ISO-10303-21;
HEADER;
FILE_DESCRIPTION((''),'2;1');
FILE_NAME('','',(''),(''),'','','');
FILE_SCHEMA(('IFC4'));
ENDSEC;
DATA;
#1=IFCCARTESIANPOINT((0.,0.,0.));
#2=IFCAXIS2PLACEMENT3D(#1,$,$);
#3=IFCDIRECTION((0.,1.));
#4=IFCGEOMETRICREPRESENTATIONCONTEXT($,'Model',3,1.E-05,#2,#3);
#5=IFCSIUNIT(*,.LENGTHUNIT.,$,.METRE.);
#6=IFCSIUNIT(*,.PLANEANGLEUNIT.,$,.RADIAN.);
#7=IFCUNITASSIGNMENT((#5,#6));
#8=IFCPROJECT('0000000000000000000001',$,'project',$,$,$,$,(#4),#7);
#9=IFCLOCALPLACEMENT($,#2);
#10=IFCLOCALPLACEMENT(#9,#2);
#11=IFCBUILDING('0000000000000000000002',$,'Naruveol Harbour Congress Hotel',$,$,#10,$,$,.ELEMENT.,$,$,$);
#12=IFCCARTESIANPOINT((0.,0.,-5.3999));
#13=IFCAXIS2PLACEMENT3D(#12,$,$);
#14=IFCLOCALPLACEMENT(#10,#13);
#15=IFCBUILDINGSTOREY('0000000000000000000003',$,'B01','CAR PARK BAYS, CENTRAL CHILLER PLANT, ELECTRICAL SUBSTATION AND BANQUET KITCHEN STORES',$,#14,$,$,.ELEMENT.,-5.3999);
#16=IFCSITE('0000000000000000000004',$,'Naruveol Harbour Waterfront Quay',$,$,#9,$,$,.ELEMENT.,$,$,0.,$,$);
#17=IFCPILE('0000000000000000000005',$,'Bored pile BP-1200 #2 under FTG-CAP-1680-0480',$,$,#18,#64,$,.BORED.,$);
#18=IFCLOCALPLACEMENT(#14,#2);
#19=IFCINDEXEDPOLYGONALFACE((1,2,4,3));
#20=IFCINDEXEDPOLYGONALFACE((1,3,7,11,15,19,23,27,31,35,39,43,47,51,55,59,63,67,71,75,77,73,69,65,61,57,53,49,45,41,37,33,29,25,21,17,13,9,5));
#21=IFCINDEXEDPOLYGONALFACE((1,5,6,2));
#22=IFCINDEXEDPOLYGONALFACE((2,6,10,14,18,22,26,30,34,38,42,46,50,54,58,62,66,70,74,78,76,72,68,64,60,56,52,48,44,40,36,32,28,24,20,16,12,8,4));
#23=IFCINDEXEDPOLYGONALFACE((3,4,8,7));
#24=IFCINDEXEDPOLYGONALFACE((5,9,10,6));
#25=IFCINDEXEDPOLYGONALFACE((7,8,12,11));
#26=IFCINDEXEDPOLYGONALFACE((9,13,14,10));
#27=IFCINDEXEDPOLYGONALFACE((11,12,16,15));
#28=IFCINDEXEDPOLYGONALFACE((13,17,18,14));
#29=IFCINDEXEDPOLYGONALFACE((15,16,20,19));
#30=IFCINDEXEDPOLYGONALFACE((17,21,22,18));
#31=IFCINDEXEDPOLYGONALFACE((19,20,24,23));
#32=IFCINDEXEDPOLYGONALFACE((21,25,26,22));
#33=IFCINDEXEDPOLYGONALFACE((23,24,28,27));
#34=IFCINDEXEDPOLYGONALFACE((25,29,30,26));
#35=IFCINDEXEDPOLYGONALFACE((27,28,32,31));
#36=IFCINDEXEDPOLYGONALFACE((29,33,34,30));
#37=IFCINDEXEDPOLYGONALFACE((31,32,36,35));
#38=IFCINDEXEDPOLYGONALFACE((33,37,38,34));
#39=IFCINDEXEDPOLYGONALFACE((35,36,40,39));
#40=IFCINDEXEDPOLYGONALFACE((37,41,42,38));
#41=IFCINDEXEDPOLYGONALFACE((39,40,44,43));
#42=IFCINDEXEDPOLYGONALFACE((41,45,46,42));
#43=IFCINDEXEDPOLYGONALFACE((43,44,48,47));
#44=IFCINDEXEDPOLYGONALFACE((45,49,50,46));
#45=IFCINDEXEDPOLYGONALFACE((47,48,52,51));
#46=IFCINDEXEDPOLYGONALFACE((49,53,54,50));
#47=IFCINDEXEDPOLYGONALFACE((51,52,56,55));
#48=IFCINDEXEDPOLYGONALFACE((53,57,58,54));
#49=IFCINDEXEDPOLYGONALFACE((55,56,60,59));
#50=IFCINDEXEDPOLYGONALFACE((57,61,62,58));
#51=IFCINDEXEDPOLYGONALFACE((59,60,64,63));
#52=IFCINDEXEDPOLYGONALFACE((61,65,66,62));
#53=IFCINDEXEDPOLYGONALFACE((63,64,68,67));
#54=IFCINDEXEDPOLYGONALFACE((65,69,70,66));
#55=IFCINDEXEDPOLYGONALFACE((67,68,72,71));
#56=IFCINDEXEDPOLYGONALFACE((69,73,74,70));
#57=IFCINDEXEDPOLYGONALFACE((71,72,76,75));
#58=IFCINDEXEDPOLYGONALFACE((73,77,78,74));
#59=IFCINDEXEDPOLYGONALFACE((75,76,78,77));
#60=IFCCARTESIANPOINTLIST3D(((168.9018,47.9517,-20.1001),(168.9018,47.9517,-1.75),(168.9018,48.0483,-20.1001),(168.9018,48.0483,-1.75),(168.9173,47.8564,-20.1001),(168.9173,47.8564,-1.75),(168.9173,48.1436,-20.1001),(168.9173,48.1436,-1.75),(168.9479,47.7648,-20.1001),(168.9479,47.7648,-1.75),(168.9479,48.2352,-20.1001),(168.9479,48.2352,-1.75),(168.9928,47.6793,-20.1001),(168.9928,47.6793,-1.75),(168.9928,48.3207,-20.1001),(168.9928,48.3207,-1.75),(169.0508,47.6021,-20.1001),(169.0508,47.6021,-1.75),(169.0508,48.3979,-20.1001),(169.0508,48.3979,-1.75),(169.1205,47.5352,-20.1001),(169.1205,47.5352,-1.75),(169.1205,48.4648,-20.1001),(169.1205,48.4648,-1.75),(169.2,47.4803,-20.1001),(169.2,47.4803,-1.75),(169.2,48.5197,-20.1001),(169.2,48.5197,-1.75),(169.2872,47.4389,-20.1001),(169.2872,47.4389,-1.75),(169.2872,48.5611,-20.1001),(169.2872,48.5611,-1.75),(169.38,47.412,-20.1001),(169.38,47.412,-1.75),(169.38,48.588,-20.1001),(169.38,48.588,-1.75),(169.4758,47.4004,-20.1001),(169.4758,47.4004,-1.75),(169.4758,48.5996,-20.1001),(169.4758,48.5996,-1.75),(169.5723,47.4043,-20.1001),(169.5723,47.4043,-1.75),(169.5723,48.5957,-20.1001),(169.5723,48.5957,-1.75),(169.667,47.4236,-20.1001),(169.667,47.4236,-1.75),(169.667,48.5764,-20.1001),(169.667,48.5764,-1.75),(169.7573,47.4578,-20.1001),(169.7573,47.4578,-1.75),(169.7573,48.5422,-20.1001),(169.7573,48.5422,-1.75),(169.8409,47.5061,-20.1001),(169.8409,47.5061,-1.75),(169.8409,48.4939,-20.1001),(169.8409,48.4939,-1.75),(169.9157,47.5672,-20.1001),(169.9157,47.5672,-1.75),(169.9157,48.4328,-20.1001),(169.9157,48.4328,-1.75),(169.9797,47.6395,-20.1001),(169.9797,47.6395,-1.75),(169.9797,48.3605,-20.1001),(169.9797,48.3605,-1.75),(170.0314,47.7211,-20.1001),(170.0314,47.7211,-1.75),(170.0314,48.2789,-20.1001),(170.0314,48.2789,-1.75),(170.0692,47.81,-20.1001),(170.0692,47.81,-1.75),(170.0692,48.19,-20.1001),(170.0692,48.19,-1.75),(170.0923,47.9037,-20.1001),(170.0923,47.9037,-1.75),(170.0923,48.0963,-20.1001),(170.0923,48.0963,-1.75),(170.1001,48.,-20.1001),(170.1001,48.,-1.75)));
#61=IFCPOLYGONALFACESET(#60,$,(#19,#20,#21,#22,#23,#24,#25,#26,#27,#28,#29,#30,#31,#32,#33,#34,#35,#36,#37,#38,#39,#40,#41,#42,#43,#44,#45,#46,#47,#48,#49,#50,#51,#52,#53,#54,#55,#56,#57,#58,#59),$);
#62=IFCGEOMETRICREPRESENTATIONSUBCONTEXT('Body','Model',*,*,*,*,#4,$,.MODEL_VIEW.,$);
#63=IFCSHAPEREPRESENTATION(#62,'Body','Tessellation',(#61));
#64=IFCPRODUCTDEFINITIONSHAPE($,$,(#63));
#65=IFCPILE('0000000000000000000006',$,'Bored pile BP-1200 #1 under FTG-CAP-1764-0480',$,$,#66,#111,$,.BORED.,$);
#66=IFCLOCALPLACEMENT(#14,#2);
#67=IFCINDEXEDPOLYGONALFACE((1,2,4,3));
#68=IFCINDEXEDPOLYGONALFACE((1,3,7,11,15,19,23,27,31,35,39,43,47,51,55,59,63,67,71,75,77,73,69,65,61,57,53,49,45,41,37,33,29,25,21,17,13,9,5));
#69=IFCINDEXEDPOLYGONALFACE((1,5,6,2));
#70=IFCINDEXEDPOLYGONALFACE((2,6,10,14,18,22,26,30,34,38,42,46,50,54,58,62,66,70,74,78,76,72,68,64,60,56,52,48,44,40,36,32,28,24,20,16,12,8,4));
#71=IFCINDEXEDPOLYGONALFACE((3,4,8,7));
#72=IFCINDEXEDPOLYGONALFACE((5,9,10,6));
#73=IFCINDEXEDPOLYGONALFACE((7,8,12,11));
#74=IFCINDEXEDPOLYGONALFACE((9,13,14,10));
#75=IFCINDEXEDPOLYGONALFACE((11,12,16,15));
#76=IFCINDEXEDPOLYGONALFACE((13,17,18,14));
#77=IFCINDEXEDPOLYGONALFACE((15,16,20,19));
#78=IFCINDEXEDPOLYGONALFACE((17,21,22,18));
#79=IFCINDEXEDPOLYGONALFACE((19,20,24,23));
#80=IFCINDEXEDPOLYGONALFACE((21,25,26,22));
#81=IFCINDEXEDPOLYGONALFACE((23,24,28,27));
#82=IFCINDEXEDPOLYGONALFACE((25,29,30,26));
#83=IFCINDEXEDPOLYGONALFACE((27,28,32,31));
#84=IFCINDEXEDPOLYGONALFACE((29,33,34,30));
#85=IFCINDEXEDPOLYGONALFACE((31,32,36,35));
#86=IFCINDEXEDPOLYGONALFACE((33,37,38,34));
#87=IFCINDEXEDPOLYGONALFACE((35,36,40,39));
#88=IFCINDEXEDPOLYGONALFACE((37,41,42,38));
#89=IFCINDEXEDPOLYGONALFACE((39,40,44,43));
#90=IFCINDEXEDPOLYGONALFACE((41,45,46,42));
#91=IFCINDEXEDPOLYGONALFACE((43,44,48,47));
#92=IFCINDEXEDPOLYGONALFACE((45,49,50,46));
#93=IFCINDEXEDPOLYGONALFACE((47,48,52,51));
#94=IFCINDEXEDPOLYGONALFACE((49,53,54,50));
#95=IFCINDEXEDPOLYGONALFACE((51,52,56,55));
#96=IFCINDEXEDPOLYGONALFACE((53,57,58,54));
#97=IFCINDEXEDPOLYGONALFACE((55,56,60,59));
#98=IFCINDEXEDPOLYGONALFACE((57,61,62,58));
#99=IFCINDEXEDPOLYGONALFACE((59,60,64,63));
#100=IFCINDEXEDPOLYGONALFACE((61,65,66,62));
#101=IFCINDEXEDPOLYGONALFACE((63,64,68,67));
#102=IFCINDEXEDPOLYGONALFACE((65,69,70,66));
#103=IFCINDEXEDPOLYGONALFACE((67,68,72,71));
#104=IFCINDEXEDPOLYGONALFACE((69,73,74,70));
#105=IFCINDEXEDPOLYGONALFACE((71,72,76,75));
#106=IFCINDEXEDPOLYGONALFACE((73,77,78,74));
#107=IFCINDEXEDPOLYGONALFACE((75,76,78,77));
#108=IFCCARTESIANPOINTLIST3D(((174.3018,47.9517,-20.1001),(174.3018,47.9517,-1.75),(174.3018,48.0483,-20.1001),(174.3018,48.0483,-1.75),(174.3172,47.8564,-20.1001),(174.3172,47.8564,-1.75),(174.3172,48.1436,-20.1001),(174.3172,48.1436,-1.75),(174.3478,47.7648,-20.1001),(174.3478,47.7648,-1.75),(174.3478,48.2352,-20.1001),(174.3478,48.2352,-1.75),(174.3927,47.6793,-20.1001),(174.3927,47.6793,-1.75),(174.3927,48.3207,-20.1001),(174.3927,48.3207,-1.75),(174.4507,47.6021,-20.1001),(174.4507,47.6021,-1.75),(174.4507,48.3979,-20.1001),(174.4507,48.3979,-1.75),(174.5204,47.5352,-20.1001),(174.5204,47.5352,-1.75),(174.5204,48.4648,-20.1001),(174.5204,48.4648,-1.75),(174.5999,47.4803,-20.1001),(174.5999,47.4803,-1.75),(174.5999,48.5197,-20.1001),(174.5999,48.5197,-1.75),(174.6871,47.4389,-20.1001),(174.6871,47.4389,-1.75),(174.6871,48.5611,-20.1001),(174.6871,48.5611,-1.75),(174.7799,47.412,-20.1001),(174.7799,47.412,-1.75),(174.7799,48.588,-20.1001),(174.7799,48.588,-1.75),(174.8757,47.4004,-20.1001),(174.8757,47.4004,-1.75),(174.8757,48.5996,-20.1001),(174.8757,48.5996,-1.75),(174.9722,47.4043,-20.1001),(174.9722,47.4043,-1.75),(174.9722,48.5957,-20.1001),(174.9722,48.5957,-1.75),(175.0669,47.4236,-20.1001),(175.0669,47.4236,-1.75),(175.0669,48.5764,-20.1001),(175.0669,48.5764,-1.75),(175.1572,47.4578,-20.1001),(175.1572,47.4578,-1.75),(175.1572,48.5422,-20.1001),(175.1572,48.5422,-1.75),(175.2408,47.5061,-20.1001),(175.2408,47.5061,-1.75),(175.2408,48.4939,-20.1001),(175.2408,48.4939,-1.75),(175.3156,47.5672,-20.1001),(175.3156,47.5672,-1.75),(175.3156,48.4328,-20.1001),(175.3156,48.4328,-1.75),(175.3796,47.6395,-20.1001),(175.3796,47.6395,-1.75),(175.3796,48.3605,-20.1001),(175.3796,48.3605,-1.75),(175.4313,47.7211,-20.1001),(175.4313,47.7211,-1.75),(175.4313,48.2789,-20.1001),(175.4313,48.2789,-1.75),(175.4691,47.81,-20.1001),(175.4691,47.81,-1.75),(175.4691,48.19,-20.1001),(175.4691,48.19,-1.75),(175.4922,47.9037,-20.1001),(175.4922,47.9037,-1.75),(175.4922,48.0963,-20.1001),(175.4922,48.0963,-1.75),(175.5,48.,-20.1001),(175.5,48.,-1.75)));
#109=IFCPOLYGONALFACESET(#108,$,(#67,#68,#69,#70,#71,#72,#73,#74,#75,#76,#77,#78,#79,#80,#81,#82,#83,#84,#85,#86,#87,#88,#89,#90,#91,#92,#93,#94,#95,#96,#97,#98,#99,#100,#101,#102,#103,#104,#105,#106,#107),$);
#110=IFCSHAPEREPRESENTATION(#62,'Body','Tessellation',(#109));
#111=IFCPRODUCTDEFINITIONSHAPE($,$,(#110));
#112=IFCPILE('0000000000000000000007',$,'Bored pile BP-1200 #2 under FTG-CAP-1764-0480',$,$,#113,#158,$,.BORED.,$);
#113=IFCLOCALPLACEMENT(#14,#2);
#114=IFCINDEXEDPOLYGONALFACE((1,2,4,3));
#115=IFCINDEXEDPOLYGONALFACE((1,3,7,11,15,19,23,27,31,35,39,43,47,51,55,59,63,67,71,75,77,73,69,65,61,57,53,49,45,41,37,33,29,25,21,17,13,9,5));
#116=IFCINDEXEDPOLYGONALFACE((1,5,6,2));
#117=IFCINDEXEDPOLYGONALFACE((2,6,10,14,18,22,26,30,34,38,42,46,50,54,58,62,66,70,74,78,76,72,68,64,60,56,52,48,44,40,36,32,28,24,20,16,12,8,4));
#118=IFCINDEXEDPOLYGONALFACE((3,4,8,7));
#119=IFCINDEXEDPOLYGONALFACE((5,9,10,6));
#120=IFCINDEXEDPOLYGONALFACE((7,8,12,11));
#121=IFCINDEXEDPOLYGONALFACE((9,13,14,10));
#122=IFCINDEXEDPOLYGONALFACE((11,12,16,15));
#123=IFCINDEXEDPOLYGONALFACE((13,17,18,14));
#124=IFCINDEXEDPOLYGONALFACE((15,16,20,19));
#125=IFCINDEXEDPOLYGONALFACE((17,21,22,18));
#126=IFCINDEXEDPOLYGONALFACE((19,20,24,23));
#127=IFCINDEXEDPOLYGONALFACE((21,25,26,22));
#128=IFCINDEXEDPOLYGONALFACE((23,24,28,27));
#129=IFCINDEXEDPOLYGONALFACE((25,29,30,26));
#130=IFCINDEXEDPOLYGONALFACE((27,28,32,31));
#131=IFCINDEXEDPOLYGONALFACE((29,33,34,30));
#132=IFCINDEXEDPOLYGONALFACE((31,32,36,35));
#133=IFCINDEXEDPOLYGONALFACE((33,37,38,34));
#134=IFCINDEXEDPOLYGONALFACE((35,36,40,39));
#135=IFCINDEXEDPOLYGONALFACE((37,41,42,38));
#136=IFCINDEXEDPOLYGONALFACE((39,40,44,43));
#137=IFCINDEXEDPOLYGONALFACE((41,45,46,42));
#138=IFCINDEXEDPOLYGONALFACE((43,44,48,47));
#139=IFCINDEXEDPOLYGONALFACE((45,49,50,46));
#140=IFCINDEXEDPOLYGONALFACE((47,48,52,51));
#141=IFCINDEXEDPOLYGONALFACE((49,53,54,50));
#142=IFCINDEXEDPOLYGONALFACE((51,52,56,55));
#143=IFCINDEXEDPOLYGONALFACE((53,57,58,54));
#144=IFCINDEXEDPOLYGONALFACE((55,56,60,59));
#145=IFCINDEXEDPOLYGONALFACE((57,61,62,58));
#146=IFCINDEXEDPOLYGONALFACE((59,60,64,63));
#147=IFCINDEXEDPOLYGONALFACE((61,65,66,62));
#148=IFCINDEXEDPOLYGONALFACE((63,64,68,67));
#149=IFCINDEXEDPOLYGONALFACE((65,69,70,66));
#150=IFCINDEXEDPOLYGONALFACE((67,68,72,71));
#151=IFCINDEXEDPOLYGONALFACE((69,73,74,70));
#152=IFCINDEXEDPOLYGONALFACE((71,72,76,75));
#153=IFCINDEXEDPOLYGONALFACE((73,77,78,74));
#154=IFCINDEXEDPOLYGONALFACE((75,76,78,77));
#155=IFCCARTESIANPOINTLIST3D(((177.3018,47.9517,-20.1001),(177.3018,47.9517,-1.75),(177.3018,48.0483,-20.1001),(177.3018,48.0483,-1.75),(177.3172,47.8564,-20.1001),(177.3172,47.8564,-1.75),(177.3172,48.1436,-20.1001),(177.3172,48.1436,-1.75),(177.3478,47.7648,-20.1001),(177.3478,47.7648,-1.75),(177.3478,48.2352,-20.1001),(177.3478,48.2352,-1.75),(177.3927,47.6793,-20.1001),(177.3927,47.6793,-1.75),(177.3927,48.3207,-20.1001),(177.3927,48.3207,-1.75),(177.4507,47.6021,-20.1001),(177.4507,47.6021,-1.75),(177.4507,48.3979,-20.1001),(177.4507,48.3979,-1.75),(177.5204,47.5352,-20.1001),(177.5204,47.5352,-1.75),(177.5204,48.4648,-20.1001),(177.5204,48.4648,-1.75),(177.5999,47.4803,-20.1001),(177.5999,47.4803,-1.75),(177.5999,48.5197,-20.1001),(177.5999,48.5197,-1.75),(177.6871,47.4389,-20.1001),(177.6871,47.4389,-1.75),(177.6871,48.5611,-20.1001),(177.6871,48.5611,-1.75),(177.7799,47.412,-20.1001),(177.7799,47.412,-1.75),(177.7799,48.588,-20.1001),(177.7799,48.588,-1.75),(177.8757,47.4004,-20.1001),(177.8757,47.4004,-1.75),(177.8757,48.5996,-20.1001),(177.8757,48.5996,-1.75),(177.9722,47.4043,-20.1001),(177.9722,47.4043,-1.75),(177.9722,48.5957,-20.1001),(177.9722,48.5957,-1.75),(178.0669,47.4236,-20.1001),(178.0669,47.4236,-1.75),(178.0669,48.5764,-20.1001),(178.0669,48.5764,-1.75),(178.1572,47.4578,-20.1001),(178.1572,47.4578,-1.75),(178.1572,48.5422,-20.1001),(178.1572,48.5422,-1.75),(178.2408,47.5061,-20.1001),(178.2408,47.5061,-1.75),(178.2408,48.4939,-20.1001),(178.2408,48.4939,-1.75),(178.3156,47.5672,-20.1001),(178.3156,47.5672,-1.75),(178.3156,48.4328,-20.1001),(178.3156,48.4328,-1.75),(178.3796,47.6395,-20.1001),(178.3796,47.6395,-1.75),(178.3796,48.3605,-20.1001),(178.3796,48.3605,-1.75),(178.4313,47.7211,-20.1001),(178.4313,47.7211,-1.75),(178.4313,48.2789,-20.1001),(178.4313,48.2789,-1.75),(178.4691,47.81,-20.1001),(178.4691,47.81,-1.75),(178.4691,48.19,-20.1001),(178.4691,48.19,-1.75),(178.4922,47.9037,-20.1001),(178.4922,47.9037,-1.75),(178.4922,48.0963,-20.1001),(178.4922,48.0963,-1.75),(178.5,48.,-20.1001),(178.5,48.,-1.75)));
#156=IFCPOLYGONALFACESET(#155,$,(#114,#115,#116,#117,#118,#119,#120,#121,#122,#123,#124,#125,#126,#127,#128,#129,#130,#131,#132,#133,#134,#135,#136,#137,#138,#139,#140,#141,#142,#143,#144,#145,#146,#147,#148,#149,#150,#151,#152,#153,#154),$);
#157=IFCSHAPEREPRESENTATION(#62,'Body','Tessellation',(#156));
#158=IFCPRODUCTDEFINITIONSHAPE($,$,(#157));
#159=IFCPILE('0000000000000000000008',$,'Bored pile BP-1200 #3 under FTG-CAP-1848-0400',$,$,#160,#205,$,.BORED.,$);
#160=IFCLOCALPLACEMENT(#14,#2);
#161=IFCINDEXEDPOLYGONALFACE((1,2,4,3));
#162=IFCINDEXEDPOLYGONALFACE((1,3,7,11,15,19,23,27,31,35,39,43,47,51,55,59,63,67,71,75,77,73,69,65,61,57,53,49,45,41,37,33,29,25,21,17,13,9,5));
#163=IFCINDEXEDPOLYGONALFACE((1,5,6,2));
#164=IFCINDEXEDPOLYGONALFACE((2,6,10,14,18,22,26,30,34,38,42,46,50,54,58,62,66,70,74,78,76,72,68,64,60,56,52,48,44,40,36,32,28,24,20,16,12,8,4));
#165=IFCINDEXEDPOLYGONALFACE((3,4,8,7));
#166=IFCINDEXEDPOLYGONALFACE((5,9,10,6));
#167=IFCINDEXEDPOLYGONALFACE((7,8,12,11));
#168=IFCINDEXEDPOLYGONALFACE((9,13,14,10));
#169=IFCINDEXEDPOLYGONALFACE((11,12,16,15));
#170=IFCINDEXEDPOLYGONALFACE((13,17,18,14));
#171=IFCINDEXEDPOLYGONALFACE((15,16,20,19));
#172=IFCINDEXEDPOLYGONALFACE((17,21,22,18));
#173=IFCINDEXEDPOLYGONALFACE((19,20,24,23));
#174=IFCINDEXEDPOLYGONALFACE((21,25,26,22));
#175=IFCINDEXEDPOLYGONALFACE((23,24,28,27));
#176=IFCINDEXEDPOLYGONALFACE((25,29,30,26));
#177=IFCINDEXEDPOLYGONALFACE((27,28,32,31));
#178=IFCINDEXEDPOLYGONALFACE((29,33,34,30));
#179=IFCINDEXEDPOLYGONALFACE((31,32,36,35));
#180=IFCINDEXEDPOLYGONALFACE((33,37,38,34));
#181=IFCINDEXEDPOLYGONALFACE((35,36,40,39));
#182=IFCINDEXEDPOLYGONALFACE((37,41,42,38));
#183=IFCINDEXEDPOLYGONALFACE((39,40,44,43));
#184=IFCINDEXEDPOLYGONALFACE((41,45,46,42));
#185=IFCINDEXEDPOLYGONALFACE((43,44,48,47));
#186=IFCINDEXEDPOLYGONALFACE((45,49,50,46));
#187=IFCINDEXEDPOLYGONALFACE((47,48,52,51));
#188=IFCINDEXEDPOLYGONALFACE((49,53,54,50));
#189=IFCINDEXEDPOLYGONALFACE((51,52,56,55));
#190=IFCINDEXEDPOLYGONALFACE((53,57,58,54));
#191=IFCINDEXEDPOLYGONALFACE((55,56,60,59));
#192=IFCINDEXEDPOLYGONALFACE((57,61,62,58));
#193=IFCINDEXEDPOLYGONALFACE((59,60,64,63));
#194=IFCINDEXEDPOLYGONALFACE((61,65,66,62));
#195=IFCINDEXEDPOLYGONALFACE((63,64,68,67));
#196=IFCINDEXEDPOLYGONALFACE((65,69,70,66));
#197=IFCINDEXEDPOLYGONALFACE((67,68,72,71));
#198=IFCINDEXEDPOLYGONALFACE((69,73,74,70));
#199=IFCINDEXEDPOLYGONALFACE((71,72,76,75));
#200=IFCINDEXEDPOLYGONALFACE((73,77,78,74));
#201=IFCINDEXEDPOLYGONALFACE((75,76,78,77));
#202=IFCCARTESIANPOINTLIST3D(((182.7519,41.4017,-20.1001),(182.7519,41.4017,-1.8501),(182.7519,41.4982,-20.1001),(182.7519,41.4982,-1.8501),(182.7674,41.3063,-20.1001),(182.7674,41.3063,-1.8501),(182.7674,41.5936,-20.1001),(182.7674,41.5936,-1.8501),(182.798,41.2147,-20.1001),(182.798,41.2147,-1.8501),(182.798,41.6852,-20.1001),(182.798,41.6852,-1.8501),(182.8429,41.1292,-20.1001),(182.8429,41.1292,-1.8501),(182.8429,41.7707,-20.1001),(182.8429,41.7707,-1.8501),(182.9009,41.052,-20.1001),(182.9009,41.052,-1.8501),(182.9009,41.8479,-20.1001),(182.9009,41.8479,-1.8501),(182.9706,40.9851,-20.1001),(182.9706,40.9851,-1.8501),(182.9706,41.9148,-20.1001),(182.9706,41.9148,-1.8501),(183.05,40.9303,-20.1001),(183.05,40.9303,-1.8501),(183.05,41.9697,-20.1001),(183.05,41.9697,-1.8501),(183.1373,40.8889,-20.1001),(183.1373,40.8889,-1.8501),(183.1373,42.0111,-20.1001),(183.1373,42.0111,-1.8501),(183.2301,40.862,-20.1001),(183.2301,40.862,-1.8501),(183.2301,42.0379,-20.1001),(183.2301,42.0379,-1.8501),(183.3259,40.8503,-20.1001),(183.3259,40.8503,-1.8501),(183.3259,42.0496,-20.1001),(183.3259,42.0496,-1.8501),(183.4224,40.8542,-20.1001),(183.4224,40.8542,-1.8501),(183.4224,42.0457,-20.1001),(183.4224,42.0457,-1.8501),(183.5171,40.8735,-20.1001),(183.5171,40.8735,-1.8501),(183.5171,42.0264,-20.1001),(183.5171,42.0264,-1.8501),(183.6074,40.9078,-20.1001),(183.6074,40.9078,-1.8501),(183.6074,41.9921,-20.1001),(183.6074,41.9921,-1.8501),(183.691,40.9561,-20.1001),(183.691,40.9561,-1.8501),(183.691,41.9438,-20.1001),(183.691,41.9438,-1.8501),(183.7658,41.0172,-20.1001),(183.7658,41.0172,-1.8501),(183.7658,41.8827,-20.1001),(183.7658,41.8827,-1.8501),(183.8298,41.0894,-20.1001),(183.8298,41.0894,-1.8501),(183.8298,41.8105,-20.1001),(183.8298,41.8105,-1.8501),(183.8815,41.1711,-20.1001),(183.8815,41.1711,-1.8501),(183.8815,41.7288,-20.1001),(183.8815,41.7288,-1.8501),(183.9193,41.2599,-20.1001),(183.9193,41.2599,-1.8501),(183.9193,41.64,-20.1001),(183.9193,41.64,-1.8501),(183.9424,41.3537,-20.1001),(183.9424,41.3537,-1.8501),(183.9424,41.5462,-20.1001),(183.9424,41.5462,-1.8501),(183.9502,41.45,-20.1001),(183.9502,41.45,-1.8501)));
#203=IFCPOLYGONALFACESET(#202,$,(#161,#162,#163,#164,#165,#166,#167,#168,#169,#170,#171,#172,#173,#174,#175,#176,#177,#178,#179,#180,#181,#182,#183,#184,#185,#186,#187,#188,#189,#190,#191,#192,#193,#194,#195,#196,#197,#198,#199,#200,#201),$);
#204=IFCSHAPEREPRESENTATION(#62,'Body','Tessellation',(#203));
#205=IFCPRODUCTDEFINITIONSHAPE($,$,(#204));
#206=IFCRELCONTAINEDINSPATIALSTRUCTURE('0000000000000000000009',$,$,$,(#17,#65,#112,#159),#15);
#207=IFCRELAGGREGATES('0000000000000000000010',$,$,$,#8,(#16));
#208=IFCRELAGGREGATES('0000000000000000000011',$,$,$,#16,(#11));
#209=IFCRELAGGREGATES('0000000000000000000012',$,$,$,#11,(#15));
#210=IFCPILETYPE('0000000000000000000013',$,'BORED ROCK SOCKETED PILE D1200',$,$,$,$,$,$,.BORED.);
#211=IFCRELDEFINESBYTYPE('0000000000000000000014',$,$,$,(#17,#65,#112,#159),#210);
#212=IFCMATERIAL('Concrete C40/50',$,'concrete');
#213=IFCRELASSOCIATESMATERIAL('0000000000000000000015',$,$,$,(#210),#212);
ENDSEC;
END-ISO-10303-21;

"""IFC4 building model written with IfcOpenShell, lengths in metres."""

from ifc_helpers import new_model, si_unit, direction, frame, origin, origin_2d, place, context, subcontext, project, spatial, circle, extrude, material, material_profile, profile_set, type_object, element, save


model = new_model("IFC4")

# Units and contexts
model_context = context("Model", 3, precision=1e-05, world=origin(), true_north=direction((0.0, 1.0)))
body_context = subcontext(model_context, "Body", "Model", "MODEL_VIEW")
ifc_project = project(units=[si_unit("LENGTHUNIT", "METRE"), si_unit("PLANEANGLEUNIT", "RADIAN")], contexts=[model_context])

# Site, building, storey
site_placement = place(None, origin())
site = spatial("IfcSite", under=ifc_project, at=site_placement, Name="Naruveol Harbour Waterfront Quay", CompositionType="ELEMENT", RefElevation=0.0)
building_placement = place(site_placement, origin())
building = spatial("IfcBuilding", under=site, at=building_placement, Name="Naruveol Harbour Congress Hotel", CompositionType="ELEMENT")
storey_placement = place(building_placement, frame((0.0, 0.0, -5.3999)))
storey = spatial("IfcBuildingStorey", under=building, at=storey_placement, Name="B01", Description="CAR PARK BAYS, CENTRAL CHILLER PLANT, ELECTRICAL SUBSTATION AND BANQUET KITCHEN STORES", CompositionType="ELEMENT", Elevation=-5.3999)

# Piles
ifc_material_1 = material(Name="Concrete C40/50", Category="concrete")
ifc_material_profile_1 = material_profile(ifc_material_1, circle(Radius=0.6001, at=origin_2d()), Name="BP-1200")
ifc_profile_set_1 = profile_set([ifc_material_profile_1], Name="Concrete C40/50")
pile_type = type_object("IfcPileType", Name="BORED ROCK SOCKETED PILE D1200", PredefinedType="BORED", material=ifc_profile_set_1)
for number, where, z_axis, x_axis, name in (
    (1, (169.5, 48.0, -1.75), (0.0, 0.0, -1.0), (1.0, 0.0, 0.0), "Bored pile BP-1200 #2 under FTG-CAP-1680-0480"),
    (2, (174.8999, 48.0, -1.75), (0.0, 0.0, -1.0), (1.0, 0.0, 0.0), "Bored pile BP-1200 #1 under FTG-CAP-1764-0480"),
    (3, (177.8999, 48.0, -1.75), (0.0, 0.0, -1.0), (1.0, 0.0, 0.0), "Bored pile BP-1200 #2 under FTG-CAP-1764-0480"),
):
    element("IfcPile", number, at=place(storey_placement, frame(where, z_axis=z_axis, x_axis=x_axis)), inside=storey, type_object=pile_type, Name=name, PredefinedType="BORED", context=body_context, shape_type="SweptSolid", body=[
        extrude(circle(Radius=0.6001, at=origin_2d()), origin(), (0.0, 0.0, 1.0), 18.3501),
    ])
for number, where, z_axis, x_axis, name in (
    (4, (183.3501, 41.45, -1.8501), (0.0, 0.0, -1.0), (1.0, 0.0, 0.0), "Bored pile BP-1200 #3 under FTG-CAP-1848-0400"),
):
    element("IfcPile", number, at=place(storey_placement, frame(where, z_axis=z_axis, x_axis=x_axis)), inside=storey, type_object=pile_type, Name=name, PredefinedType="BORED", context=body_context, shape_type="SweptSolid", body=[
        extrude(circle(Radius=0.6001, at=origin_2d()), origin(), (0.0, 0.0, 1.0), 18.25),
    ])

save(model, "model.ifc")
